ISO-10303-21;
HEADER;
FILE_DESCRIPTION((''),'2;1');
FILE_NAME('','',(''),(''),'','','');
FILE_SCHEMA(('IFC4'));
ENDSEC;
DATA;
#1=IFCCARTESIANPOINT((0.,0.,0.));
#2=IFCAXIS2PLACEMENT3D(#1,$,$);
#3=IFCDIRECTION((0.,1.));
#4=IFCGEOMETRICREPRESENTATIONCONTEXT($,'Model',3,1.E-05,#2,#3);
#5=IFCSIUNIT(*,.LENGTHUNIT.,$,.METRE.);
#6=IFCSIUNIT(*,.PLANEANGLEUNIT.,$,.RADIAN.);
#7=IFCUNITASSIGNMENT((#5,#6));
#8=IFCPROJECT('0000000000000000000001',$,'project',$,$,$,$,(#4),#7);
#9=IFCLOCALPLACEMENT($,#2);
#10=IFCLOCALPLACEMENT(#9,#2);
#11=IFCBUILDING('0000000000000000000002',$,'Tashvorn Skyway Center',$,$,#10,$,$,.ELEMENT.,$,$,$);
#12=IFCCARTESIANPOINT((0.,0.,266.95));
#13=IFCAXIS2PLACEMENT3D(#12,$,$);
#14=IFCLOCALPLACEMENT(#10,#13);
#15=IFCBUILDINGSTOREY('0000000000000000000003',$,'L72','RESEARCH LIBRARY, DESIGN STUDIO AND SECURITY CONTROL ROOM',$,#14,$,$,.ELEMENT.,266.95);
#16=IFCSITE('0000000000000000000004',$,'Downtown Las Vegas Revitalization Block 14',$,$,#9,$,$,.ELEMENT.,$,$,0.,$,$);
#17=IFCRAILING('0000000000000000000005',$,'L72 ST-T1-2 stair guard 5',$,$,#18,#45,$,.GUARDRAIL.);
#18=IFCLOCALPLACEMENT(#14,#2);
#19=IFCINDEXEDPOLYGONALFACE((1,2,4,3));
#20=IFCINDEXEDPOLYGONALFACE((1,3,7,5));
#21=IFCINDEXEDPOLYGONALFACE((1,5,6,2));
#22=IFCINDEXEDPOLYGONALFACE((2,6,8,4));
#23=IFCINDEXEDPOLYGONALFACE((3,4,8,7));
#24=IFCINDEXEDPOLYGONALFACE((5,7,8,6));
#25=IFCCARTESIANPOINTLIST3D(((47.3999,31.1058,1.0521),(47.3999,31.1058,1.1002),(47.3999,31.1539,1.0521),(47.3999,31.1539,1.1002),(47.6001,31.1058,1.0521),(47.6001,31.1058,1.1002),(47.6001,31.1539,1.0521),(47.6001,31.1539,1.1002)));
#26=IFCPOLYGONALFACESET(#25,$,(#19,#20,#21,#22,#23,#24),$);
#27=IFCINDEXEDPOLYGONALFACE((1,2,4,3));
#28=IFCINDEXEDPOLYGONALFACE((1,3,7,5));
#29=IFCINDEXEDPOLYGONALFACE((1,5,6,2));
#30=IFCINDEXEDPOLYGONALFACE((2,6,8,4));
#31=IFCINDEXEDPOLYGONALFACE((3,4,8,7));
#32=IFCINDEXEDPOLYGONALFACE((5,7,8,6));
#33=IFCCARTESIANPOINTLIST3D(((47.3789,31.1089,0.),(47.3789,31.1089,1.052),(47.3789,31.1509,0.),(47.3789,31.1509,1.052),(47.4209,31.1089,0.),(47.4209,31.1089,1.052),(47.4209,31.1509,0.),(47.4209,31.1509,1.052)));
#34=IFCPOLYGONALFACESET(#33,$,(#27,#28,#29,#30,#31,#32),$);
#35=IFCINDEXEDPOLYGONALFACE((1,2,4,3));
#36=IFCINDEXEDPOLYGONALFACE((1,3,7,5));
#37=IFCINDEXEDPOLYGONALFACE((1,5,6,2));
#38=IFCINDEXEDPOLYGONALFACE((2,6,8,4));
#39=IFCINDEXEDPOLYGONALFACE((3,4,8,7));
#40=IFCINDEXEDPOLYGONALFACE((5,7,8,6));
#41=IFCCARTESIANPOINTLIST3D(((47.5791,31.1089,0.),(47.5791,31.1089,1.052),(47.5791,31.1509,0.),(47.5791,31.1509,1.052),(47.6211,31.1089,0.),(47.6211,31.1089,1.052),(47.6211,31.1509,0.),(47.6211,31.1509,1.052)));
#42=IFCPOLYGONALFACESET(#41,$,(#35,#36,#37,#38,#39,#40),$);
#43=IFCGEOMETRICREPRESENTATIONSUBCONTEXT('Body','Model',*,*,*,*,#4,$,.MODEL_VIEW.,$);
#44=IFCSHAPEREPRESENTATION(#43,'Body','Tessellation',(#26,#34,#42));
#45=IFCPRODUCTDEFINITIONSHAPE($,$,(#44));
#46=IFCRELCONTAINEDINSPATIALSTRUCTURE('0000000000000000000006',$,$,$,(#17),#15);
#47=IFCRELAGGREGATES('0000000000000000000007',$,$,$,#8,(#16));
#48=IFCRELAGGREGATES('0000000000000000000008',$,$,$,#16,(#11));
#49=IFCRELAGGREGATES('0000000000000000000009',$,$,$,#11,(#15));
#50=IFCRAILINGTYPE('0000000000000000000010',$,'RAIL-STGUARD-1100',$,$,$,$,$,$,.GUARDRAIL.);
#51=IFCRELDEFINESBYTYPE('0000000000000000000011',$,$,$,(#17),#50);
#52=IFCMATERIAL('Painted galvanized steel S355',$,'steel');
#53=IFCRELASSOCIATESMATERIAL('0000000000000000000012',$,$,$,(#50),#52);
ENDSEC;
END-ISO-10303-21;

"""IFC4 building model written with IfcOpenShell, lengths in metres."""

from ifc_helpers import new_model, si_unit, direction, frame, origin, origin_2d, place, context, subcontext, project, spatial, rectangle, extrude, material, type_object, element, save


model = new_model("IFC4")

# Units and contexts
model_context = context("Model", 3, precision=1e-05, world=origin(), true_north=direction((0.0, 1.0)))
body_context = subcontext(model_context, "Body", "Model", "MODEL_VIEW")
ifc_project = project(units=[si_unit("LENGTHUNIT", "METRE"), si_unit("PLANEANGLEUNIT", "RADIAN")], contexts=[model_context])

# Site, building, storey
site_placement = place(None, origin())
site = spatial("IfcSite", under=ifc_project, at=site_placement, Name="Downtown Las Vegas Revitalization Block 14", CompositionType="ELEMENT", RefElevation=0.0)
building_placement = place(site_placement, origin())
building = spatial("IfcBuilding", under=site, at=building_placement, Name="Tashvorn Skyway Center", CompositionType="ELEMENT")
storey_placement = place(building_placement, frame((0.0, 0.0, 266.95)))
storey = spatial("IfcBuildingStorey", under=building, at=storey_placement, Name="L72", Description="RESEARCH LIBRARY, DESIGN STUDIO AND SECURITY CONTROL ROOM", CompositionType="ELEMENT", Elevation=266.95)

# Railing
ifc_material_1 = material(Name="Painted galvanized steel S355", Category="steel")
railing_type_1 = type_object("IfcRailingType", Name="RAIL-STGUARD-1100", PredefinedType="GUARDRAIL", material=ifc_material_1)
railing_1_placement = place(storey_placement, frame((47.3999, 31.1299, 0.0)))
element("IfcRailing", 1, at=railing_1_placement, inside=storey, type_object=railing_type_1, Name="L72 ST-T1-2 stair guard 5", PredefinedType="GUARDRAIL", context=body_context, shape_type="SweptSolid", body=[
    extrude(rectangle(XDim=0.0481, YDim=0.0481, at=origin_2d()), frame((0.0, 0.0, 1.0762), z_axis=(1.0, 0.0, 0.0), x_axis=(0.0, 1.0, 0.0)), (0.0, 0.0, 1.0), 0.2002),
    extrude(rectangle(XDim=0.042, YDim=0.042, at=origin_2d()), origin(), (0.0, 0.0, 1.0), 1.052),
    extrude(rectangle(XDim=0.042, YDim=0.042, at=origin_2d()), frame((0.2002, 0.0, 0.0)), (0.0, 0.0, 1.0), 1.052),
])

save(model, "model.ifc")
